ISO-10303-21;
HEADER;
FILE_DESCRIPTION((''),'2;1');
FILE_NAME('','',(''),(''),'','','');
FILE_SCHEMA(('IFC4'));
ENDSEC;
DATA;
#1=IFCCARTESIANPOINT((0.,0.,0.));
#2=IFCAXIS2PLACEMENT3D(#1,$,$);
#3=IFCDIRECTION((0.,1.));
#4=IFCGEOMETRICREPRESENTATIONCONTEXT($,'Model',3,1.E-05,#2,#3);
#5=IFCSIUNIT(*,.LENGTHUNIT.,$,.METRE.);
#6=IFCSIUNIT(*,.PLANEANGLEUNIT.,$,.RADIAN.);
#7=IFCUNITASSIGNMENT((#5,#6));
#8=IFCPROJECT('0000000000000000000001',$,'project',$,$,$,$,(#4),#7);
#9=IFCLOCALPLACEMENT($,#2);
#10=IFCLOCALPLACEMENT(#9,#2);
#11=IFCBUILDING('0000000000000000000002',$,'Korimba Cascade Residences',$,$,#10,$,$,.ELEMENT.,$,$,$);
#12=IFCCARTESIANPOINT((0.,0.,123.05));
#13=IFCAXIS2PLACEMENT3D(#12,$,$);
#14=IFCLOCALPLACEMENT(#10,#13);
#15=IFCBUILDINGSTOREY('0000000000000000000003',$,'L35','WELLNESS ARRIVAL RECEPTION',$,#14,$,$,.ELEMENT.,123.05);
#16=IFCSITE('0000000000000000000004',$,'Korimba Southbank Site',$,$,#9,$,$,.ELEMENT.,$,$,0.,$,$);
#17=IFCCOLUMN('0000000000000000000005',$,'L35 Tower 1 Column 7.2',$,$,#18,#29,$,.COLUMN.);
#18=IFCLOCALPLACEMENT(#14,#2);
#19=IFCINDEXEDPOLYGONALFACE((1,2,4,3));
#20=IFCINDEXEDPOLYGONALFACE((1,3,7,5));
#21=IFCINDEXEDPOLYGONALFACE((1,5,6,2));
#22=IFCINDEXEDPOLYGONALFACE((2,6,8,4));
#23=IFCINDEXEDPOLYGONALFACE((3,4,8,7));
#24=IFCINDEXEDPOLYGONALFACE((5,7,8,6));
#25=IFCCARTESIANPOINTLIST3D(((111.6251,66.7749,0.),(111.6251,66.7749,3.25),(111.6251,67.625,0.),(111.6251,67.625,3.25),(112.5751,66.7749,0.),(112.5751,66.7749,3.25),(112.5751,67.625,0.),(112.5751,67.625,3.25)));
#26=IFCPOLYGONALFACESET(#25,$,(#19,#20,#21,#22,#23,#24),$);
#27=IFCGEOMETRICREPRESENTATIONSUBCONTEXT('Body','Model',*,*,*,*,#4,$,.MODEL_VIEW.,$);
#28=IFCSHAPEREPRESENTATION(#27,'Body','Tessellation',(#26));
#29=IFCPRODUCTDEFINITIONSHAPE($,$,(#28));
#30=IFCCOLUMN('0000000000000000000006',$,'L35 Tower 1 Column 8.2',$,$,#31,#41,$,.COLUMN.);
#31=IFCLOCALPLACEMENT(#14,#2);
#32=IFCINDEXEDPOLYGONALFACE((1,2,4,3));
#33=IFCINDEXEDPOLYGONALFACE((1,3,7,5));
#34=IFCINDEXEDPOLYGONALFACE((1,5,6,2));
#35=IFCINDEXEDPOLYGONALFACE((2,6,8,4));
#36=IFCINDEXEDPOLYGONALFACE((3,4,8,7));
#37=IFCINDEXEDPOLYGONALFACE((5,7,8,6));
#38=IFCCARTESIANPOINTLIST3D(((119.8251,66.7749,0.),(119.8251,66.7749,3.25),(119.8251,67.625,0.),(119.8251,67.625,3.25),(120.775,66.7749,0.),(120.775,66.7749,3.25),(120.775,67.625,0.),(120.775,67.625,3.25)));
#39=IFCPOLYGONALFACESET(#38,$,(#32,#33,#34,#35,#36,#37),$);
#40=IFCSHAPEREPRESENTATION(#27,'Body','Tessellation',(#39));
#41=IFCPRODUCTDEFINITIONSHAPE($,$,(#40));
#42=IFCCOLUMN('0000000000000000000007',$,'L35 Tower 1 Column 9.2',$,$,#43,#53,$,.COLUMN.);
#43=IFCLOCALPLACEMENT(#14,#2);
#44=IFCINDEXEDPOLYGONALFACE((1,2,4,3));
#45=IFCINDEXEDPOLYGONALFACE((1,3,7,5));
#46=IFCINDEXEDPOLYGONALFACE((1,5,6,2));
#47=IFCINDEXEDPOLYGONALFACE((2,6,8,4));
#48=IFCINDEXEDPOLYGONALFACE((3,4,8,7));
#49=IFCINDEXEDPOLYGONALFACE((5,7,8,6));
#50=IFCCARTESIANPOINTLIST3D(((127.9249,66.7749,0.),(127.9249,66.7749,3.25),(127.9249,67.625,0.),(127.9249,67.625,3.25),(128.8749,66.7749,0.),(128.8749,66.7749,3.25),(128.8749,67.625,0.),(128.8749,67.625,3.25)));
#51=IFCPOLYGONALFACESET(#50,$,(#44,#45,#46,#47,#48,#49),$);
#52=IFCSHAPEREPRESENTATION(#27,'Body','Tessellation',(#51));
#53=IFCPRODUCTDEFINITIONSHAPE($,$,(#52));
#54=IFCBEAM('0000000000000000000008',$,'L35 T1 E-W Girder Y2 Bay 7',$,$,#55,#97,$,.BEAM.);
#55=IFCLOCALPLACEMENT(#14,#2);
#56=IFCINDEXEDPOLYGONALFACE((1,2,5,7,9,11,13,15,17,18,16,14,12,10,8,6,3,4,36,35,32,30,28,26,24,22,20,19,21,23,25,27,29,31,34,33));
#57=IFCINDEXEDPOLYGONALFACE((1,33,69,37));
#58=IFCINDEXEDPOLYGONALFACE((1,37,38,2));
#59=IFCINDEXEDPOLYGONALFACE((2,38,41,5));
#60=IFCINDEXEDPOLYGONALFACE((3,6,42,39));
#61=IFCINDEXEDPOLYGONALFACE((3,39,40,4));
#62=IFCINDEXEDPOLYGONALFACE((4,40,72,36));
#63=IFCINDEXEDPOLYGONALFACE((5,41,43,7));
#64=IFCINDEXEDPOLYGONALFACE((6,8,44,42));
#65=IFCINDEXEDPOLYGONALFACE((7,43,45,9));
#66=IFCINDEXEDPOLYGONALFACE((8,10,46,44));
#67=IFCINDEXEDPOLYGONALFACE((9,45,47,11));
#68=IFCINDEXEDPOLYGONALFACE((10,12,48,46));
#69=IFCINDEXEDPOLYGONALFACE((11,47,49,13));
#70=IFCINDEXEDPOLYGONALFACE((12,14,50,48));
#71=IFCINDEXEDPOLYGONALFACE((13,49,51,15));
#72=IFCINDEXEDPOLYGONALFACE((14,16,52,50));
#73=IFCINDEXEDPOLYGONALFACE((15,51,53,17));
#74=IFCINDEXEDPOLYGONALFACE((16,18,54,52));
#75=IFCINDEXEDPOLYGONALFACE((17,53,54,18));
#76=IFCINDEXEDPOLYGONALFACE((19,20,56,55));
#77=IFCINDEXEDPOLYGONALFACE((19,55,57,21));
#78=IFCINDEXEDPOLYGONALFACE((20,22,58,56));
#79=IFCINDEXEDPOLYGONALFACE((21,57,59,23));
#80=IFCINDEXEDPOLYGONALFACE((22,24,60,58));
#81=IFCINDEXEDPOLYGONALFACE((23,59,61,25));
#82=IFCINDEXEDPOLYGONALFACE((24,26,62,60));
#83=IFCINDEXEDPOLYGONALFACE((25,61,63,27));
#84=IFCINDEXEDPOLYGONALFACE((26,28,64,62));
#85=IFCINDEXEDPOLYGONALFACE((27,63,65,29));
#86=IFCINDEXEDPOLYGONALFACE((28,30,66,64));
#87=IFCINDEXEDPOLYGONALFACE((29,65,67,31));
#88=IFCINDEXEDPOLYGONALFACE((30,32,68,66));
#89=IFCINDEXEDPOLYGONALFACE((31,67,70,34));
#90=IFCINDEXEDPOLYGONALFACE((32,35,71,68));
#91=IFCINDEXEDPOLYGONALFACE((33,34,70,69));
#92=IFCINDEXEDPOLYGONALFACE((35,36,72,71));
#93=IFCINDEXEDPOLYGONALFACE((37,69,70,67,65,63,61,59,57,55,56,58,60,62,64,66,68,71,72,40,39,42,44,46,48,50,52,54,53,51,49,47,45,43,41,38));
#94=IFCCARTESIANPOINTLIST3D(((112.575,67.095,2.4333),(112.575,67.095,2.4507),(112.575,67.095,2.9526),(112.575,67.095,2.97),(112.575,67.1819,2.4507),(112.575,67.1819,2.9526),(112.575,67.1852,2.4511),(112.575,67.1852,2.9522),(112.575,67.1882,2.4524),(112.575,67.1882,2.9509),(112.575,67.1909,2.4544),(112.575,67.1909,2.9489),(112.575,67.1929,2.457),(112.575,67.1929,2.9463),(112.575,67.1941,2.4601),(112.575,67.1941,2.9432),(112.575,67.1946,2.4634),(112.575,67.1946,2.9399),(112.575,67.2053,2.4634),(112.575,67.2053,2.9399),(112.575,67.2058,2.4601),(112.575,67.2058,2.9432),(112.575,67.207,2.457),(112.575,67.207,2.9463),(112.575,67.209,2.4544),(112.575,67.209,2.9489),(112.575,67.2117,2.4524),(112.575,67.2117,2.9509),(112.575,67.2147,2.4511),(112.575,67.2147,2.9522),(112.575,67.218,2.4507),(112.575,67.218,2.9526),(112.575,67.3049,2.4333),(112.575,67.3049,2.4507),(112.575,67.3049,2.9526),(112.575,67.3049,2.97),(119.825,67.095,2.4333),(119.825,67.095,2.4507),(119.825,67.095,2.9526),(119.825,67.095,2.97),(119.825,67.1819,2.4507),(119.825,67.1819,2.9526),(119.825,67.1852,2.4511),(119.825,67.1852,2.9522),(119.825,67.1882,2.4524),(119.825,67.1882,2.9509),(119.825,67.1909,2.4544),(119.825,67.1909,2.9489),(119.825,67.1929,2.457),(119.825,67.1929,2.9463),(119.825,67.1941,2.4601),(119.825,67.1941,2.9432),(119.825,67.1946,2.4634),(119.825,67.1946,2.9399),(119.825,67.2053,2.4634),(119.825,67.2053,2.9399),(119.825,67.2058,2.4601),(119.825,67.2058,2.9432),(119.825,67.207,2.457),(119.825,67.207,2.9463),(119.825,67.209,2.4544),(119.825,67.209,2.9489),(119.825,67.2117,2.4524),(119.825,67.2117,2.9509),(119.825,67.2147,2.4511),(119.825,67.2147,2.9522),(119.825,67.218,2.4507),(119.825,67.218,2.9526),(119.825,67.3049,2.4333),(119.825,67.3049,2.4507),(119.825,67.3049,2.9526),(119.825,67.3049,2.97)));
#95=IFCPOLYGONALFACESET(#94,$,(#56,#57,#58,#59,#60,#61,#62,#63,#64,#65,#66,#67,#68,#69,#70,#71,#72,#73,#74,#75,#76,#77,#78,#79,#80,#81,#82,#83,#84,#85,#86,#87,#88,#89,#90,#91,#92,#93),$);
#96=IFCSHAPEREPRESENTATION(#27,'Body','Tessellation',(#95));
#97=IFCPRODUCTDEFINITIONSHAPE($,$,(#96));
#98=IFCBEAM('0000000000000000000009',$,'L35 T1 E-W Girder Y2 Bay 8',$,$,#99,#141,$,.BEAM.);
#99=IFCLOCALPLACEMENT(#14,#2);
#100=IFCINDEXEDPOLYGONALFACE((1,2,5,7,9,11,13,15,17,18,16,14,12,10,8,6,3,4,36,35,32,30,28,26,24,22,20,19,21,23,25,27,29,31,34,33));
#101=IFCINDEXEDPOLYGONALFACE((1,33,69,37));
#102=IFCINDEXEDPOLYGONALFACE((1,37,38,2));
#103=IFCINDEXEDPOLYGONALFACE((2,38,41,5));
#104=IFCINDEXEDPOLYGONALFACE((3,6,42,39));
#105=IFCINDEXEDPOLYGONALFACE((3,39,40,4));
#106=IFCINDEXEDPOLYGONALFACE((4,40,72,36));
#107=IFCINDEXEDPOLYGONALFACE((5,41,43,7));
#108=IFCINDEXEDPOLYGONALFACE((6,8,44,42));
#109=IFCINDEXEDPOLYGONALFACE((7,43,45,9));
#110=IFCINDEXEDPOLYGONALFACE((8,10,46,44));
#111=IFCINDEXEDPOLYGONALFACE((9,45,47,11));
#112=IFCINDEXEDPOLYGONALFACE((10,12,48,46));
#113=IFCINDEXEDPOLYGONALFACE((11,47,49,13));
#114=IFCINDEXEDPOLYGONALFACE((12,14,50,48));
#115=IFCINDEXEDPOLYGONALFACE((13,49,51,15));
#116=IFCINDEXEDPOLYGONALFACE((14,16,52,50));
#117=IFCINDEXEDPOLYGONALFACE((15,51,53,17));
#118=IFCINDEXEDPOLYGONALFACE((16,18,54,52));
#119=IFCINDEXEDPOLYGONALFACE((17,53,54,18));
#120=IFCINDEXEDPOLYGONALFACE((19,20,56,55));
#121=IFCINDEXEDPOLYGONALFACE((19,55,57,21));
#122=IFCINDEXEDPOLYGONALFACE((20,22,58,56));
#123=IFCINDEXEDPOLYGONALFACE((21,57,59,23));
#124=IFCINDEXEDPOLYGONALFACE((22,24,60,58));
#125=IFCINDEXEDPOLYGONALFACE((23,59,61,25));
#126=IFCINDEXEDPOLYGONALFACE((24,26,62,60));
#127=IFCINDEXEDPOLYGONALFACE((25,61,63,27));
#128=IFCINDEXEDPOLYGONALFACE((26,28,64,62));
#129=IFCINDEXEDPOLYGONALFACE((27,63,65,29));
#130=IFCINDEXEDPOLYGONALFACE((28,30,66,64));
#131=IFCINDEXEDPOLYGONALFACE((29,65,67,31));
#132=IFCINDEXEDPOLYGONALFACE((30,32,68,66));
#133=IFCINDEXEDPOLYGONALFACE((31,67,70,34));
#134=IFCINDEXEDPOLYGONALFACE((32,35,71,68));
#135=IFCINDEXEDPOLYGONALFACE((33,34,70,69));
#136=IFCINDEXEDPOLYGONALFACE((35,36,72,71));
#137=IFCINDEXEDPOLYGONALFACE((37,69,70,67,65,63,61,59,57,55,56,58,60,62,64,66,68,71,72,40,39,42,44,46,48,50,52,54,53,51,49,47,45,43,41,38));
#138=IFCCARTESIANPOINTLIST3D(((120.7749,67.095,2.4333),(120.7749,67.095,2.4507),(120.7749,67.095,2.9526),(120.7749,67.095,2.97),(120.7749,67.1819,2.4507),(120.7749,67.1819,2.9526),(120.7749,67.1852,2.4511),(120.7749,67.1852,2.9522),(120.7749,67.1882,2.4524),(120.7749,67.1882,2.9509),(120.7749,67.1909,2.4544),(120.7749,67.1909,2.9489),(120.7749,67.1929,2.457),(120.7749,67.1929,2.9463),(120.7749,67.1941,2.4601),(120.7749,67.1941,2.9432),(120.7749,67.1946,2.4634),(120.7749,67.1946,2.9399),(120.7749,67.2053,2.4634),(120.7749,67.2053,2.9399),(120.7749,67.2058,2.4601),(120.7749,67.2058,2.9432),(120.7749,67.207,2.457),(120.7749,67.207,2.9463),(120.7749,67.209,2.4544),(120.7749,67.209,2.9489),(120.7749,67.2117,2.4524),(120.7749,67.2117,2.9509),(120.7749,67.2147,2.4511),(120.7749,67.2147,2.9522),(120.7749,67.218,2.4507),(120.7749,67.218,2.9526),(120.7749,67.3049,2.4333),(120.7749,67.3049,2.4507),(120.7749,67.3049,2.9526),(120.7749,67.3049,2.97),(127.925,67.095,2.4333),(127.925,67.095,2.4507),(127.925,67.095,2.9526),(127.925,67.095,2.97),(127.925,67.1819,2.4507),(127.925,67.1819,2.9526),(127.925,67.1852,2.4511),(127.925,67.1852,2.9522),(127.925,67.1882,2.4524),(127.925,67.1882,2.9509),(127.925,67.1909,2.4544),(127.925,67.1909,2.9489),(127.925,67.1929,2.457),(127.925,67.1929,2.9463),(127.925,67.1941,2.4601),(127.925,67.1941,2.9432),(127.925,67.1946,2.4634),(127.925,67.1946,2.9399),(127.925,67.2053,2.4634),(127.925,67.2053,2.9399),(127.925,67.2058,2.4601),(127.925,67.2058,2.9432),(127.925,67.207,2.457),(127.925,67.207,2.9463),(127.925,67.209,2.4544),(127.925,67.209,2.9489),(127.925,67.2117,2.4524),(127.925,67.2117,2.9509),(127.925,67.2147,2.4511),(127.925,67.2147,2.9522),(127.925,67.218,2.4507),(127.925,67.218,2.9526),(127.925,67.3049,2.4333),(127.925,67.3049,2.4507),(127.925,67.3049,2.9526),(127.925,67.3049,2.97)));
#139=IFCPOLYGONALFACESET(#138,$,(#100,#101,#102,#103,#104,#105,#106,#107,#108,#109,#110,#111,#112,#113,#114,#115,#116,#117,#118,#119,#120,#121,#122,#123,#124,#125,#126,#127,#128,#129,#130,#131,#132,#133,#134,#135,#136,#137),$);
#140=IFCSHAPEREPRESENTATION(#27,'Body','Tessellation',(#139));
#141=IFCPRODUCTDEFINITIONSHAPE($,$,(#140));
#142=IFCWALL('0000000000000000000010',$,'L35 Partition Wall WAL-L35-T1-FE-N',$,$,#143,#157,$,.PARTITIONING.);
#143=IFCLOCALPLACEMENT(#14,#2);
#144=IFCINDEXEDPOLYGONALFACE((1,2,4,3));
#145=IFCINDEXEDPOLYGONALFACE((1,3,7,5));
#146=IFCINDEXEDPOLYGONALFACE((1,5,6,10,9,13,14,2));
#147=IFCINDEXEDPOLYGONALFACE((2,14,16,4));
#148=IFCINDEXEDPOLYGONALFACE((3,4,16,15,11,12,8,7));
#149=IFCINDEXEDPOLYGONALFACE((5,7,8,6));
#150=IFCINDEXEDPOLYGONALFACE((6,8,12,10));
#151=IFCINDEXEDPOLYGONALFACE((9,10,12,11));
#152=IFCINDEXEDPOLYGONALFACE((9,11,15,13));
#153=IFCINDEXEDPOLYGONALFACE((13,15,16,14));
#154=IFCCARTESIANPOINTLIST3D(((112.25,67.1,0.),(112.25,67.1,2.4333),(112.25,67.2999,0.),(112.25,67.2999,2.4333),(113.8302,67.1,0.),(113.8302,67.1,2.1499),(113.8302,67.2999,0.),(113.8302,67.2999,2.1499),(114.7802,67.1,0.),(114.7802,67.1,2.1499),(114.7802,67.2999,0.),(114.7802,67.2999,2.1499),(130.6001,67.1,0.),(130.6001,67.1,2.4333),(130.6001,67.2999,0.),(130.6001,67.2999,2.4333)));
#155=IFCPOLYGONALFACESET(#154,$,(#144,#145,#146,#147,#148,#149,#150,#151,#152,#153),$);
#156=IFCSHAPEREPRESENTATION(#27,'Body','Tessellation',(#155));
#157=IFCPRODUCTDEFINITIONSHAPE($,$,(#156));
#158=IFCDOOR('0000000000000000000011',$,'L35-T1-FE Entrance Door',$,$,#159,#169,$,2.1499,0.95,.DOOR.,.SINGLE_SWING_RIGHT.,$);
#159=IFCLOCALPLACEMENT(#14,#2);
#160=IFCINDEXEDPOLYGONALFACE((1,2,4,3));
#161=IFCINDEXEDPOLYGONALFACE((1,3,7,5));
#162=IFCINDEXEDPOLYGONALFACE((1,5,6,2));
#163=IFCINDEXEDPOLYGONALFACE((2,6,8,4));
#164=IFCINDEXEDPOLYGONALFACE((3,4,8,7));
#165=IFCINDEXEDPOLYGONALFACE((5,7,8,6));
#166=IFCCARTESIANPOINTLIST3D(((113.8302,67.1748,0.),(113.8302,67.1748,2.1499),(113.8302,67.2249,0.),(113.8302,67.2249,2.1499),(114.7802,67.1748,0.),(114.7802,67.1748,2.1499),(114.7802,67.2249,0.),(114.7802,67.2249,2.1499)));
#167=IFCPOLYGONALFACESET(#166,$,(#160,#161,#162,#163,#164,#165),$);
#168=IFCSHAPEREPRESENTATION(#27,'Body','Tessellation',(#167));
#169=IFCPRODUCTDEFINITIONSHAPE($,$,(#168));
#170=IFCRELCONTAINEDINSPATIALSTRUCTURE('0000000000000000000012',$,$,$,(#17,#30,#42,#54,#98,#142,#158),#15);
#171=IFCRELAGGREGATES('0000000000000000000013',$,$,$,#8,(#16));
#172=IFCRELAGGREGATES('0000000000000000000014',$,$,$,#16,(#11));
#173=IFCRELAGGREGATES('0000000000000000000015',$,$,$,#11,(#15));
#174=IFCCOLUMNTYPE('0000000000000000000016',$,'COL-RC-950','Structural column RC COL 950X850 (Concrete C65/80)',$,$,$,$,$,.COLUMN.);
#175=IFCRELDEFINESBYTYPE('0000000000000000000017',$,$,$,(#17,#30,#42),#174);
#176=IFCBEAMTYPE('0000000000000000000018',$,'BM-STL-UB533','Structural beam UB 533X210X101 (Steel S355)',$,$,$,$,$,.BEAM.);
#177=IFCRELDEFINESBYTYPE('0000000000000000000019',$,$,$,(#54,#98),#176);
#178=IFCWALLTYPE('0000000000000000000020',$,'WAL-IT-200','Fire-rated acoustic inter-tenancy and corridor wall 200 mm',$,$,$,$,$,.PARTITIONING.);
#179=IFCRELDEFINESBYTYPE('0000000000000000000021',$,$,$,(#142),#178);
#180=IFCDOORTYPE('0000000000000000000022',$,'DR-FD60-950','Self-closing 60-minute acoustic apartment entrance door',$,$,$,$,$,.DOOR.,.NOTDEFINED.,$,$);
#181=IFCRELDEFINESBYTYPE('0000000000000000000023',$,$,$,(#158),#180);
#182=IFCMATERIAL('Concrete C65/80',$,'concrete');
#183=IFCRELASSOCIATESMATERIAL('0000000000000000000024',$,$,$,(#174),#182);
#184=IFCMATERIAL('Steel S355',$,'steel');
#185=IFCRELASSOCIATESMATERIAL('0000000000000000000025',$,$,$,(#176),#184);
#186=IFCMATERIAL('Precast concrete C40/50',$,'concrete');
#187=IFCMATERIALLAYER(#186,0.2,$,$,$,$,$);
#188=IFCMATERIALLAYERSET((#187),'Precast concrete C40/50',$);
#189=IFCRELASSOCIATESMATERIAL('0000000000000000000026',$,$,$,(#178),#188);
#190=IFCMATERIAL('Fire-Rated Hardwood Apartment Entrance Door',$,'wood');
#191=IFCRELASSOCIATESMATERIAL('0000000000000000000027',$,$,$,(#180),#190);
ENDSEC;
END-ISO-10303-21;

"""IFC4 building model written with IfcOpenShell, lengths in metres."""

from ifc_helpers import new_model, si_unit, direction, frame, frame_2d, origin, origin_2d, place, context, subcontext, project, spatial, rectangle, i_section, extrude, material, layer, layer_set, material_profile, profile_set, type_object, element, fill, save


model = new_model("IFC4")

# Units and contexts
model_context = context("Model", 3, precision=1e-05, world=origin(), true_north=direction((0.0, 1.0)))
body_context = subcontext(model_context, "Body", "Model", "MODEL_VIEW")
ifc_project = project(units=[si_unit("LENGTHUNIT", "METRE"), si_unit("PLANEANGLEUNIT", "RADIAN")], contexts=[model_context])

# Site, building, storey
site_placement = place(None, origin())
site = spatial("IfcSite", under=ifc_project, at=site_placement, Name="Korimba Southbank Site", CompositionType="ELEMENT", RefElevation=0.0)
building_placement = place(site_placement, origin())
building = spatial("IfcBuilding", under=site, at=building_placement, Name="Korimba Cascade Residences", CompositionType="ELEMENT")
storey_placement = place(building_placement, frame((0.0, 0.0, 123.05)))
storey = spatial("IfcBuildingStorey", under=building, at=storey_placement, Name="L35", Description="WELLNESS ARRIVAL RECEPTION", CompositionType="ELEMENT", Elevation=123.05)

# Columns
ifc_material_1 = material(Name="Concrete C65/80", Category="concrete")
ifc_material_profile_1 = material_profile(ifc_material_1, rectangle(XDim=0.95, YDim=0.8501, at=origin_2d()), Name="Concrete C65/80")
ifc_profile_set_1 = profile_set([ifc_material_profile_1], Name="Concrete C65/80")
column_type = type_object("IfcColumnType", Name="COL-RC-950", Description="Structural column RC COL 950X850 (Concrete C65/80)", PredefinedType="COLUMN", material=ifc_profile_set_1)
for number, where, z_axis, x_axis, name in (
    (1, (112.1001, 67.2, 0.0), (0.0, 0.0, 1.0), (1.0, 0.0, 0.0), "L35 Tower 1 Column 7.2"),
    (2, (120.3, 67.2, 0.0), (0.0, 0.0, 1.0), (1.0, 0.0, 0.0), "L35 Tower 1 Column 8.2"),
    (3, (128.3999, 67.2, 0.0), (0.0, 0.0, 1.0), (1.0, 0.0, 0.0), "L35 Tower 1 Column 9.2"),
):
    element("IfcColumn", number, at=place(storey_placement, frame(where, z_axis=z_axis, x_axis=x_axis)), inside=storey, type_object=column_type, Name=name, PredefinedType="COLUMN", context=body_context, shape_type="SweptSolid", body=[
        extrude(rectangle(XDim=0.95, YDim=0.8501, at=origin_2d()), origin(), (0.0, 0.0, 1.0), 3.25),
    ])

# Beams
ifc_material_2 = material(Name="Steel S355", Category="steel")
ifc_material_profile_2 = material_profile(ifc_material_2, i_section(OverallWidth=0.21, OverallDepth=0.5366, WebThickness=0.0107, FlangeThickness=0.0173, FilletRadius=0.0127, at=origin_2d()), Name="Steel S355")
ifc_profile_set_2 = profile_set([ifc_material_profile_2], Name="Steel S355")
beam_type = type_object("IfcBeamType", Name="BM-STL-UB533", Description="Structural beam UB 533X210X101 (Steel S355)", PredefinedType="BEAM", material=ifc_profile_set_2)
beam_1_placement = place(storey_placement, frame((112.575, 67.2, 2.7017), z_axis=(1.0, 0.0, 0.0), x_axis=(0.0, 1.0, 0.0)))
element("IfcBeam", 4, at=beam_1_placement, inside=storey, type_object=beam_type, Name="L35 T1 E-W Girder Y2 Bay 7", PredefinedType="BEAM", context=body_context, shape_type="SweptSolid", body=[
    extrude(i_section(OverallWidth=0.21, OverallDepth=0.5366, WebThickness=0.0107, FlangeThickness=0.0173, FilletRadius=0.0127, at=origin_2d()), origin(), (0.0, 0.0, 1.0), 7.25),
])
beam_2_placement = place(storey_placement, frame((120.7749, 67.2, 2.7017), z_axis=(1.0, 0.0, 0.0), x_axis=(0.0, 1.0, 0.0)))
element("IfcBeam", 5, at=beam_2_placement, inside=storey, type_object=beam_type, Name="L35 T1 E-W Girder Y2 Bay 8", PredefinedType="BEAM", context=body_context, shape_type="SweptSolid", body=[
    extrude(i_section(OverallWidth=0.21, OverallDepth=0.5366, WebThickness=0.0107, FlangeThickness=0.0173, FilletRadius=0.0127, at=origin_2d()), origin(), (0.0, 0.0, 1.0), 7.1501),
])

# Wall, opening, door
ifc_material_3 = material(Name="Precast concrete C40/50", Category="concrete")
ifc_layer_1 = layer(ifc_material_3, 0.2)
ifc_layer_set_1 = layer_set([ifc_layer_1], Name="Precast concrete C40/50")
wall_type_1 = type_object("IfcWallType", Name="WAL-IT-200", Description="Fire-rated acoustic inter-tenancy and corridor wall 200 mm", PredefinedType="PARTITIONING", material=ifc_layer_set_1)
wall_1_placement = place(storey_placement, frame((112.25, 67.2, 0.0), z_axis=(0.0, 0.0, 1.0), x_axis=(1.0, 0.0, 0.0)))
wall_1 = element("IfcWall", 6, at=wall_1_placement, inside=storey, type_object=wall_type_1, Name="L35 Partition Wall WAL-L35-T1-FE-N", PredefinedType="PARTITIONING", context=body_context, shape_type="SweptSolid", body=[
    extrude(rectangle(XDim=18.3501, YDim=0.2, at=frame_2d((9.175, 0.0))), origin(), (0.0, 0.0, 1.0), 2.4333),
])
opening_1_placement = place(wall_1_placement, frame((1.5801, 0.0, 0.0)))
opening_1 = element("IfcOpeningElement", 7, at=opening_1_placement, cuts=wall_1, PredefinedType="OPENING", context=body_context, shape_type="SweptSolid", body=[
    extrude(rectangle(XDim=0.95, YDim=2.1499, at=frame_2d((0.4751, 1.075))), frame((0.0, 0.1099, 0.0), z_axis=(0.0, -1.0, 0.0), x_axis=(1.0, 0.0, 0.0)), (0.0, 0.0, 1.0), 0.22),
])
ifc_material_4 = material(Name="Fire-Rated Hardwood Apartment Entrance Door", Category="wood")
door_type_1 = type_object("IfcDoorType", Name="DR-FD60-950", Description="Self-closing 60-minute acoustic apartment entrance door", OperationType="NOTDEFINED", PredefinedType="DOOR", material=ifc_material_4)
door_1_placement = place(opening_1_placement, origin())
door_1 = element("IfcDoor", 8, at=door_1_placement, inside=storey, type_object=door_type_1, Name="L35-T1-FE Entrance Door", OperationType="SINGLE_SWING_RIGHT", OverallHeight=2.1499, OverallWidth=0.95, PredefinedType="DOOR", context=body_context, shape_type="SweptSolid", body=[
    extrude(rectangle(XDim=0.95, YDim=2.1499, at=frame_2d((0.4751, 1.075))), frame((0.0, 0.0249, 0.0), z_axis=(0.0, -1.0, 0.0), x_axis=(1.0, 0.0, 0.0)), (0.0, 0.0, 1.0), 0.05),
])
fill(opening_1, door_1)

save(model, "model.ifc")
